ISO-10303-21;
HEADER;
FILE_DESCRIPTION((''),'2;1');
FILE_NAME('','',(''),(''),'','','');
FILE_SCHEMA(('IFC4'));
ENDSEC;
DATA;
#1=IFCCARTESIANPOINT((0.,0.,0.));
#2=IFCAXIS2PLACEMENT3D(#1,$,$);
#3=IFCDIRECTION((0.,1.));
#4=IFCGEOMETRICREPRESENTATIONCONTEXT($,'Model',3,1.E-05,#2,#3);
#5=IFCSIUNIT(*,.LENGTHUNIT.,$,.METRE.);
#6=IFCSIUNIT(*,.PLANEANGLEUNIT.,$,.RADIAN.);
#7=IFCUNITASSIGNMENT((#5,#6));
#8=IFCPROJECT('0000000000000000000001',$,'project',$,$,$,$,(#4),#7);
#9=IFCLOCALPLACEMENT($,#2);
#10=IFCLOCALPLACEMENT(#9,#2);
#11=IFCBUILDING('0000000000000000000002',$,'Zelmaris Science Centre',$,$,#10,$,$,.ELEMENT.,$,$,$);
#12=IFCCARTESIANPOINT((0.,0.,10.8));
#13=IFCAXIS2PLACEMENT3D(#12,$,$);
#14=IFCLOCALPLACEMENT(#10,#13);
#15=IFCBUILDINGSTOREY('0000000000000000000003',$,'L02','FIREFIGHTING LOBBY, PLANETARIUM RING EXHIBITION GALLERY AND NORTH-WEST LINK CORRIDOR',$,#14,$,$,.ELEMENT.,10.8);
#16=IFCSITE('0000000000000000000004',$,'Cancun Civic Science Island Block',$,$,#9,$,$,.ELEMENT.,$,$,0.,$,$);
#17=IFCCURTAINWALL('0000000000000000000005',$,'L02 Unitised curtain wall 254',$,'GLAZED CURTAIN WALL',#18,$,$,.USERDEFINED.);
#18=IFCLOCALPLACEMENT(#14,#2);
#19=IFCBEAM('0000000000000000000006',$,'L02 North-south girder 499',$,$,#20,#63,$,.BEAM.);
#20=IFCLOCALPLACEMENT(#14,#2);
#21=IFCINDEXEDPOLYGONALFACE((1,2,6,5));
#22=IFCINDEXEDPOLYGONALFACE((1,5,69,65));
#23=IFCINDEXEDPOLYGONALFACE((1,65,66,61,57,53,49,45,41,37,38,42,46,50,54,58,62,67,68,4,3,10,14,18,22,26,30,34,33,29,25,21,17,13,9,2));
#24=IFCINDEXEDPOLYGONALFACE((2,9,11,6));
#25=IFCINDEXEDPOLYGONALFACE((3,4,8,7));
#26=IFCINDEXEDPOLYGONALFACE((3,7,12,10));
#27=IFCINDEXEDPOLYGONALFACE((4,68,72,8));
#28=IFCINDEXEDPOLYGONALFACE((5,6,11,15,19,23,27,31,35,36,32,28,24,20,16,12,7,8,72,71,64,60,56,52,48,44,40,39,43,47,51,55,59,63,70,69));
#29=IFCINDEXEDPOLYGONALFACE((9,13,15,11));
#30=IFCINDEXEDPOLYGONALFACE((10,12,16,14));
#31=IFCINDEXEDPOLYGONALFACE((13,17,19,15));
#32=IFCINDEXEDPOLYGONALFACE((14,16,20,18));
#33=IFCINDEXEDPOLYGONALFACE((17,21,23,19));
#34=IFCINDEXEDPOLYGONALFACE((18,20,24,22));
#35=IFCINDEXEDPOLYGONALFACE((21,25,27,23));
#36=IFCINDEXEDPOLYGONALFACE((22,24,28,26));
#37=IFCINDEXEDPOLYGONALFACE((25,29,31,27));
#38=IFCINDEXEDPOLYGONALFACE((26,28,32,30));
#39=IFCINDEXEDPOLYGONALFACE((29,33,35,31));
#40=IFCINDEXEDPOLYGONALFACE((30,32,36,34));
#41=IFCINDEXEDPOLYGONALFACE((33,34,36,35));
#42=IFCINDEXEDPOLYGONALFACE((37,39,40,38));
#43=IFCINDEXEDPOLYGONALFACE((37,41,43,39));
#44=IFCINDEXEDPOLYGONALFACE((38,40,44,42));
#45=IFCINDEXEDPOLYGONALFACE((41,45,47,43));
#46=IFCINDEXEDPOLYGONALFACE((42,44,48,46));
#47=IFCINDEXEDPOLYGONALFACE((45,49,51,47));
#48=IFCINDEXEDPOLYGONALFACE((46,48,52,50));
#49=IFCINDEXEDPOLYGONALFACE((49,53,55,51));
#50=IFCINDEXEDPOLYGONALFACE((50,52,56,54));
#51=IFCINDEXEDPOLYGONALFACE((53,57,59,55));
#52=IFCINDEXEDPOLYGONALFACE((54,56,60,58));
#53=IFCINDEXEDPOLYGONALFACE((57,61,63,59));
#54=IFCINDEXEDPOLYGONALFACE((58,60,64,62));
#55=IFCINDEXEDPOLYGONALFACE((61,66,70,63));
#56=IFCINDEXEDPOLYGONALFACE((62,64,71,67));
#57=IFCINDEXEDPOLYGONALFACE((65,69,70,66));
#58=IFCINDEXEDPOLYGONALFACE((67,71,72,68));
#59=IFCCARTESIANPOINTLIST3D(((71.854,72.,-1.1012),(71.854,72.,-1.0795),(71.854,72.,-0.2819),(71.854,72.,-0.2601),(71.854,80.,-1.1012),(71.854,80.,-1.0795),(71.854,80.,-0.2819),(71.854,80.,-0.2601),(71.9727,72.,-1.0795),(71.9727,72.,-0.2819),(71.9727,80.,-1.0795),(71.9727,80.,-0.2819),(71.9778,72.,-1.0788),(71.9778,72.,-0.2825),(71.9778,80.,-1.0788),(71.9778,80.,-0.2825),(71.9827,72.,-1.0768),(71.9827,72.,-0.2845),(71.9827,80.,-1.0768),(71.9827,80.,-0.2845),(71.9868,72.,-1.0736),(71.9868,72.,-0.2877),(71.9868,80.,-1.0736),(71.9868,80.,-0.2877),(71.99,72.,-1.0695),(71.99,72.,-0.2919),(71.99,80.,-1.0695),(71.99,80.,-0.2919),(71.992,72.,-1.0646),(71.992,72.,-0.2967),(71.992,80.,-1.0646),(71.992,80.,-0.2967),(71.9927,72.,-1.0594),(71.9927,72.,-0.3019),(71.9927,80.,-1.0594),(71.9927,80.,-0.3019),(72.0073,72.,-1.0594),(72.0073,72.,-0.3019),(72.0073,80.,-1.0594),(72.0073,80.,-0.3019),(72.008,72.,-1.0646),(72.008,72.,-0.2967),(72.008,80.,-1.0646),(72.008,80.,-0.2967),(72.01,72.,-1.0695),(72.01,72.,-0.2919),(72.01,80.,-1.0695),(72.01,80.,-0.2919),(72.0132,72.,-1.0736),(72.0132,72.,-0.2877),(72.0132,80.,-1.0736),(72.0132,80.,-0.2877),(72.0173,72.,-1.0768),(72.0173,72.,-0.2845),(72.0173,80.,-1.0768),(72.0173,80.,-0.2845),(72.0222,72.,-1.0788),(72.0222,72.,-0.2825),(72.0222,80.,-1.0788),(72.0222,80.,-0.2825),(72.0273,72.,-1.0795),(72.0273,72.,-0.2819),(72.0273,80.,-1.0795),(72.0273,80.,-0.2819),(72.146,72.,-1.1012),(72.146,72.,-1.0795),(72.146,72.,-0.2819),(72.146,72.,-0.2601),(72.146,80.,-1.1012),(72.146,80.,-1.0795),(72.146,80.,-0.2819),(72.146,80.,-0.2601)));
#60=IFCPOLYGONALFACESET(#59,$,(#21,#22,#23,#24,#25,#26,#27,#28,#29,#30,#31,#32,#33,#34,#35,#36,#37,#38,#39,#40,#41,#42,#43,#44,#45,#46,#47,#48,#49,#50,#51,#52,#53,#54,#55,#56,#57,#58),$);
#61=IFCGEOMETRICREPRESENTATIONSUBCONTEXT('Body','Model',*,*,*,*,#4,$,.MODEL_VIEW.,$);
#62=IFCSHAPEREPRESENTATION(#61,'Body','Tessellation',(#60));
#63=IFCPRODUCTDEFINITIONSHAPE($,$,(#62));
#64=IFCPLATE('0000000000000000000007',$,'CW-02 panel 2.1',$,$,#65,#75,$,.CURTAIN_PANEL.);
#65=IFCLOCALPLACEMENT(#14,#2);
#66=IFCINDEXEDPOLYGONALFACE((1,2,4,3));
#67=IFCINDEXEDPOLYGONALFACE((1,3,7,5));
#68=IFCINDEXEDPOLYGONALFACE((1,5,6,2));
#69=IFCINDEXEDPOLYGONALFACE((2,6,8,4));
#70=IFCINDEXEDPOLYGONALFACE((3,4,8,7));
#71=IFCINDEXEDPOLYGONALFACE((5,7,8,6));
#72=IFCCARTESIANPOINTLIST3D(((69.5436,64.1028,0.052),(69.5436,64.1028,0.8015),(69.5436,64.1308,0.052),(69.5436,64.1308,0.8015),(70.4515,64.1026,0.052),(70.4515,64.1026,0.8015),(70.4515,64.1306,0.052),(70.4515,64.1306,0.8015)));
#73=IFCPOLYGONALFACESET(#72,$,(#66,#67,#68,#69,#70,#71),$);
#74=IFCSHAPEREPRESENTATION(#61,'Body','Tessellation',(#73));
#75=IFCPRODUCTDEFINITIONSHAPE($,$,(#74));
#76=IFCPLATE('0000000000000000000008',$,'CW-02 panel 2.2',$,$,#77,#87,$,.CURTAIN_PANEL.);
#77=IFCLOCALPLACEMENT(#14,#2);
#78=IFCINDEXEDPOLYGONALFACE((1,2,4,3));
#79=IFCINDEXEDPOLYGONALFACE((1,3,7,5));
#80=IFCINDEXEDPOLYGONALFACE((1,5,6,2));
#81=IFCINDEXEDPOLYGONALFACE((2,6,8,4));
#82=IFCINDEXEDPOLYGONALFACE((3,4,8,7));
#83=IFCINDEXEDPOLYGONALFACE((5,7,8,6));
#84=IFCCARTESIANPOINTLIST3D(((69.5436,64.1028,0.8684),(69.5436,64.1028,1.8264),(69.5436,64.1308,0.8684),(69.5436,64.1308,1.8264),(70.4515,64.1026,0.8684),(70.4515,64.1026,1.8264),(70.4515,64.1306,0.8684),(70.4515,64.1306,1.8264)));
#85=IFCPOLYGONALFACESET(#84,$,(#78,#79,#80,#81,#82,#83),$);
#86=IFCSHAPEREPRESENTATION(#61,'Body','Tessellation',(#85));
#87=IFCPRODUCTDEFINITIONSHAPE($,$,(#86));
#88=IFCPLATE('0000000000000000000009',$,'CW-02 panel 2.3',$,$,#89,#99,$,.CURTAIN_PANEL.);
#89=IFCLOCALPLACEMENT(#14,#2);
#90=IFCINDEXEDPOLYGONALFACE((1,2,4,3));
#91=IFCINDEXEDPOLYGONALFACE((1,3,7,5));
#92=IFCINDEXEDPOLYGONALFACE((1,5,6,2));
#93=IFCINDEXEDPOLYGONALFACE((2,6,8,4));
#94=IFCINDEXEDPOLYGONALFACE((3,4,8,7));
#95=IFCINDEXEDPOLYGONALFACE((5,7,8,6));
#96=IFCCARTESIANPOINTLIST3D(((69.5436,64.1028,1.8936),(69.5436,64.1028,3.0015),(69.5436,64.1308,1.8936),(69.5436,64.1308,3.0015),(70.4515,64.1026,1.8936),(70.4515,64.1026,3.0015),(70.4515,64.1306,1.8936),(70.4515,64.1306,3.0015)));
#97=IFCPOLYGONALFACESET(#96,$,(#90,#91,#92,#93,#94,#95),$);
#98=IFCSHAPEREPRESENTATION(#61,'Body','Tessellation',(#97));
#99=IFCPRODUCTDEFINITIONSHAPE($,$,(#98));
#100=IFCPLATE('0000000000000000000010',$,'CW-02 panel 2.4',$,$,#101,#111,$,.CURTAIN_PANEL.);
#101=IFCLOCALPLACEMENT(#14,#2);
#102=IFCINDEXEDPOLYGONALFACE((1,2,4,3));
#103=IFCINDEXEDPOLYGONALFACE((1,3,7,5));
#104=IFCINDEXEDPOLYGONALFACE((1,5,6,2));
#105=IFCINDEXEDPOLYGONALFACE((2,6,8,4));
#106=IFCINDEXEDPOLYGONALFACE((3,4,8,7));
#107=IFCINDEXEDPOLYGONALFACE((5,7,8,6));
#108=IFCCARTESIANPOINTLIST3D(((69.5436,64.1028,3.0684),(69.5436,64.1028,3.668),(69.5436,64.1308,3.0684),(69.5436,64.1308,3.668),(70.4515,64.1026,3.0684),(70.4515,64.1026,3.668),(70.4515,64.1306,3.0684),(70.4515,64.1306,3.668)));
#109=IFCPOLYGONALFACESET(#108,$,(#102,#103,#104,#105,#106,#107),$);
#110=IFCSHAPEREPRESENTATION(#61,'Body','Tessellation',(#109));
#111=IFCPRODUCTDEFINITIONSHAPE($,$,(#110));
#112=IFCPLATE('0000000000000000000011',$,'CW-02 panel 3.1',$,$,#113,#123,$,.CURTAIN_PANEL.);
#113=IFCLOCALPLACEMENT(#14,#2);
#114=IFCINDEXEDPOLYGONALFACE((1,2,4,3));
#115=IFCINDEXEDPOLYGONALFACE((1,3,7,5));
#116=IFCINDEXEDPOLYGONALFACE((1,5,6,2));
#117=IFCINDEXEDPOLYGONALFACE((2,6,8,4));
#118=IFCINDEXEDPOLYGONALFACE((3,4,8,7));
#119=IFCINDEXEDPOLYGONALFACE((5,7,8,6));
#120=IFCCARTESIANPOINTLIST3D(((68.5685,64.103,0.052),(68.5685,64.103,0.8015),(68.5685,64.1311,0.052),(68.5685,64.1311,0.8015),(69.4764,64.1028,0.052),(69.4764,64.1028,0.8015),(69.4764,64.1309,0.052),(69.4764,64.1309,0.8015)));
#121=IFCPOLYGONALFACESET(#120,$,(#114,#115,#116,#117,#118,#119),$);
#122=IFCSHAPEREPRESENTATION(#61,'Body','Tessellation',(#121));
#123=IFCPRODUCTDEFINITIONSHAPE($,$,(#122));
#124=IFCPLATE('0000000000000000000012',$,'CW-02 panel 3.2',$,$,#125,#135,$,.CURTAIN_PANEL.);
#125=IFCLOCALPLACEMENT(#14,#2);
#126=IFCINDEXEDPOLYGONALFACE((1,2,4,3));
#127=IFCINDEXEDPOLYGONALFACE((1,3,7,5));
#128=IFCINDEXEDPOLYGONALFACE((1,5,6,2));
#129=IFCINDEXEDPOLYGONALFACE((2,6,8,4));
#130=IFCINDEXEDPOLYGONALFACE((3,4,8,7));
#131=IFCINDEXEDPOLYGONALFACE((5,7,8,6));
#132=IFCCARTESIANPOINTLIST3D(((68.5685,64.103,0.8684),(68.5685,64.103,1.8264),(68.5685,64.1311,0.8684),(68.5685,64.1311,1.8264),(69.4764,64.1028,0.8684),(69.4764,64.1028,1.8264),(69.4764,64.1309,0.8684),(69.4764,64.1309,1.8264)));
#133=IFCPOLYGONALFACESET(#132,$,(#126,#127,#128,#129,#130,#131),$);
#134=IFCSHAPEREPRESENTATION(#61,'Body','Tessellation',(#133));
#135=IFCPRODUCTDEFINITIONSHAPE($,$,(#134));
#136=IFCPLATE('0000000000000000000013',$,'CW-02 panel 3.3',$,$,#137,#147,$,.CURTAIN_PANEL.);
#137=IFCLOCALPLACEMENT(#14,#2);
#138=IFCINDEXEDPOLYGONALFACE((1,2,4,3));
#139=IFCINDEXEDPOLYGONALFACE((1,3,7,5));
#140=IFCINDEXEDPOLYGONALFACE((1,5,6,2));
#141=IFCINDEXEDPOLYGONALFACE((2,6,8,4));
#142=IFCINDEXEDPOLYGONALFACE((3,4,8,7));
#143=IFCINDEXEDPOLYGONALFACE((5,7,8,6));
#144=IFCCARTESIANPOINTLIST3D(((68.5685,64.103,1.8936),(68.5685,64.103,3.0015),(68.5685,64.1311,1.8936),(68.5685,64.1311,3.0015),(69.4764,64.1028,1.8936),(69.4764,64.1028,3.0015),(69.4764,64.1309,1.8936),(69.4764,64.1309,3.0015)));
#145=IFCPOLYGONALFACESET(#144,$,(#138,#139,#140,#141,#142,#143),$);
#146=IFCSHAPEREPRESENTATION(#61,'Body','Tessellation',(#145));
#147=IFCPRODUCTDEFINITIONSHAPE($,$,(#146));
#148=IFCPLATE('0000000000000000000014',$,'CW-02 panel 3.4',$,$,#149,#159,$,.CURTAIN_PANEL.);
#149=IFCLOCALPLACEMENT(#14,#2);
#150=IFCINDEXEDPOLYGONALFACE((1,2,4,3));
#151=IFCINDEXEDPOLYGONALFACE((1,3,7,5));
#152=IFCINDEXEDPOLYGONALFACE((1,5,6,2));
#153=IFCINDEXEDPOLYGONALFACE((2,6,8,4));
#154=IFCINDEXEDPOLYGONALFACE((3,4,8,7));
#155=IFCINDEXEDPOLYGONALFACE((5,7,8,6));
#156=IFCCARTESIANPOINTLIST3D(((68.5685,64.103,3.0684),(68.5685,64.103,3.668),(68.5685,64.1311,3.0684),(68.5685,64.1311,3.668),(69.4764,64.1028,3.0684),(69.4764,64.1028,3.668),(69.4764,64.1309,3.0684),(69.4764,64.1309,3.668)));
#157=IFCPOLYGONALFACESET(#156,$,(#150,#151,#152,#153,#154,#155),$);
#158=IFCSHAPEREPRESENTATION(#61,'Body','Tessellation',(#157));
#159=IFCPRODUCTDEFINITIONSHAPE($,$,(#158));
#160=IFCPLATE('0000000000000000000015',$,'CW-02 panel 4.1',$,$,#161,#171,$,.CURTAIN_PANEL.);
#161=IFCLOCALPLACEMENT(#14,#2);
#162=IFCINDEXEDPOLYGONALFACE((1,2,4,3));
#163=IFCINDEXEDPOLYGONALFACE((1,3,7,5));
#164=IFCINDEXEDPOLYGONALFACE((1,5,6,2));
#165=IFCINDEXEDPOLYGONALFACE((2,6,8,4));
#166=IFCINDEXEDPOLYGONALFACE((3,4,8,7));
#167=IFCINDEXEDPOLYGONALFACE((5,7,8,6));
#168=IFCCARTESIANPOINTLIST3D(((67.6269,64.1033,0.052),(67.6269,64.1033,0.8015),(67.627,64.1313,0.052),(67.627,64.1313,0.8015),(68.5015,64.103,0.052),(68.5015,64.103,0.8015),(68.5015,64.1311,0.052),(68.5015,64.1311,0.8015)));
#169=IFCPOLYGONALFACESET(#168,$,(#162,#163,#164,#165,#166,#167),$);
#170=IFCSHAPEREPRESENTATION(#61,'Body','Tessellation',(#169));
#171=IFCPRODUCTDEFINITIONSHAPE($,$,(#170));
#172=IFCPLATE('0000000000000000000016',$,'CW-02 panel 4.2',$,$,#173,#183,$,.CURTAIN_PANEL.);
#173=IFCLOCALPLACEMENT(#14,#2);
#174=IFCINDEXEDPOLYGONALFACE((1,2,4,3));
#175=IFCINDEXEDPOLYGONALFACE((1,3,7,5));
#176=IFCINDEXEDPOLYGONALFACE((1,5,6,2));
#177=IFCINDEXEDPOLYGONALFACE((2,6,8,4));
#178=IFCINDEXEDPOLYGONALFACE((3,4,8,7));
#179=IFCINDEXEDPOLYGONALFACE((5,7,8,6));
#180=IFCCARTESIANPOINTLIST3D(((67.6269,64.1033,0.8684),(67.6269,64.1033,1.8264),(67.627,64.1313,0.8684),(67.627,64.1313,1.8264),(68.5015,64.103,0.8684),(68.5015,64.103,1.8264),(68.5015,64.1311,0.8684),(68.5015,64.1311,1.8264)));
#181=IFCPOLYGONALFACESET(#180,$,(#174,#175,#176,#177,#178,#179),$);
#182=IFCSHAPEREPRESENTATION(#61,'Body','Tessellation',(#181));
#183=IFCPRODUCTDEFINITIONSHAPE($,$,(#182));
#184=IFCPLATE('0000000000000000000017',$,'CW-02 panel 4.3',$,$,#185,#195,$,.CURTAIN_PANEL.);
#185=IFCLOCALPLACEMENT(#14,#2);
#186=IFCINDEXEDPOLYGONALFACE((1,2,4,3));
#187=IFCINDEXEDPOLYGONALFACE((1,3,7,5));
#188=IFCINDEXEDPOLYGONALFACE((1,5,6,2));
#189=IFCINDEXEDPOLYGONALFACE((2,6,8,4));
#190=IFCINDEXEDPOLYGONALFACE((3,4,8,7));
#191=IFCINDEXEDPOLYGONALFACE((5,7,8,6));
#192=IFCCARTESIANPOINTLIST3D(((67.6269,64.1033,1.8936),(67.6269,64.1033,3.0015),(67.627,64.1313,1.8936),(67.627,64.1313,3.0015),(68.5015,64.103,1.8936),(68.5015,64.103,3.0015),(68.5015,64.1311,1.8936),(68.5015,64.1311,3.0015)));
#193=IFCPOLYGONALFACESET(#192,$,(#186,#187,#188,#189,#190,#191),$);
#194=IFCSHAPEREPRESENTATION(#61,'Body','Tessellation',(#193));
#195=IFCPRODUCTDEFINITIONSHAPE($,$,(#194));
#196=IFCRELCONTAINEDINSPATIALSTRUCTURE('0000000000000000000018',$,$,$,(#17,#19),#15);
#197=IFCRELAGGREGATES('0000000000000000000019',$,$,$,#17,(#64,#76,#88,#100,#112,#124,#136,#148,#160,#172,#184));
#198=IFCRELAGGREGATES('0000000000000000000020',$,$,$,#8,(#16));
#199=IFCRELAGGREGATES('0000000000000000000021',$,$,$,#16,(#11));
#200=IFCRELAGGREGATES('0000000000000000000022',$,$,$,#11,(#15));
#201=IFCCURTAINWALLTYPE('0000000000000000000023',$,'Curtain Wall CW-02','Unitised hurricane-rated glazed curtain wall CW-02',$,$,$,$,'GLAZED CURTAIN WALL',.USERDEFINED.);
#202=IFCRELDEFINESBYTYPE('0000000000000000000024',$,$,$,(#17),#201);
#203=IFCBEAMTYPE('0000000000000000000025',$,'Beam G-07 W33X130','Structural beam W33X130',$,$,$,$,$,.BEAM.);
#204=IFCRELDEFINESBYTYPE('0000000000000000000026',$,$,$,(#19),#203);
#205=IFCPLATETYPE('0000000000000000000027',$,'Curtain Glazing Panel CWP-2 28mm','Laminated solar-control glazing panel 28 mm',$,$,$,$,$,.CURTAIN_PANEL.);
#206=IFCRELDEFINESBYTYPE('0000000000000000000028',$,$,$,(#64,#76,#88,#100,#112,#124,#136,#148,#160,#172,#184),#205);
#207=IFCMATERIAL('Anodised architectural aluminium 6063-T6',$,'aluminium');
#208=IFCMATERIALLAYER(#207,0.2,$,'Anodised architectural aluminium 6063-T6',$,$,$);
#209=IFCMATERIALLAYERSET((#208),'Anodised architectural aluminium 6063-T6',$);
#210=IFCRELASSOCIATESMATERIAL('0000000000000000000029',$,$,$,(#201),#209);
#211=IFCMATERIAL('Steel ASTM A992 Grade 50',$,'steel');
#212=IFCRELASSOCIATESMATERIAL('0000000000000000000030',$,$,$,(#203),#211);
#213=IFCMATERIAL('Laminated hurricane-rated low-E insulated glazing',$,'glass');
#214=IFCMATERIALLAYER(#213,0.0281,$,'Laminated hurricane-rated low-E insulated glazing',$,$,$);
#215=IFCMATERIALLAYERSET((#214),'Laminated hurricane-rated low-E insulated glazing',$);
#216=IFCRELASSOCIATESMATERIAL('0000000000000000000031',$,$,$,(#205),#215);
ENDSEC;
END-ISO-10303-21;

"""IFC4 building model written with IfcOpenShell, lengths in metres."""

from ifc_helpers import new_model, si_unit, direction, frame, origin, origin_2d, place, context, subcontext, project, spatial, rectangle, i_section, extrude, material, layer, layer_set, material_profile, profile_set, type_object, element, aggregate, save


model = new_model("IFC4")

# Units and contexts
model_context = context("Model", 3, precision=1e-05, world=origin(), true_north=direction((0.0, 1.0)))
body_context = subcontext(model_context, "Body", "Model", "MODEL_VIEW")
ifc_project = project(units=[si_unit("LENGTHUNIT", "METRE"), si_unit("PLANEANGLEUNIT", "RADIAN")], contexts=[model_context])

# Site, building, storey
site_placement = place(None, origin())
site = spatial("IfcSite", under=ifc_project, at=site_placement, Name="Cancun Civic Science Island Block", CompositionType="ELEMENT", RefElevation=0.0)
building_placement = place(site_placement, origin())
building = spatial("IfcBuilding", under=site, at=building_placement, Name="Zelmaris Science Centre", CompositionType="ELEMENT")
storey_placement = place(building_placement, frame((0.0, 0.0, 10.8)))
storey = spatial("IfcBuildingStorey", under=building, at=storey_placement, Name="L02", Description="FIREFIGHTING LOBBY, PLANETARIUM RING EXHIBITION GALLERY AND NORTH-WEST LINK CORRIDOR", CompositionType="ELEMENT", Elevation=10.8)

# Shared definitions
ifc_material_1 = material(Name="Steel ASTM A992 Grade 50", Category="steel")

# Curtain wall
ifc_material_2 = material(Name="Anodised architectural aluminium 6063-T6", Category="aluminium")
ifc_layer_1 = layer(ifc_material_2, 0.2, Name="Anodised architectural aluminium 6063-T6")
ifc_layer_set_1 = layer_set([ifc_layer_1], Name="Anodised architectural aluminium 6063-T6")
curtain_wall_type = type_object("IfcCurtainWallType", Name="Curtain Wall CW-02", Description="Unitised hurricane-rated glazed curtain wall CW-02", ElementType="GLAZED CURTAIN WALL", PredefinedType="USERDEFINED", material=ifc_layer_set_1)
curtain_wall_placement = place(storey_placement, origin())
curtain_wall = element("IfcCurtainWall", 1, at=curtain_wall_placement, inside=storey, type_object=curtain_wall_type, Name="L02 Unitised curtain wall 254", ObjectType="GLAZED CURTAIN WALL", PredefinedType="USERDEFINED")

# Beam
ifc_material_profile_1 = material_profile(ifc_material_1, i_section(OverallWidth=0.292, OverallDepth=0.8411, WebThickness=0.0146, FlangeThickness=0.0217, FilletRadius=0.02, at=origin_2d()), Name="W33X130")
ifc_profile_set_1 = profile_set([ifc_material_profile_1], Name="Steel ASTM A992 Grade 50")
beam_type = type_object("IfcBeamType", Name="Beam G-07 W33X130", Description="Structural beam W33X130", PredefinedType="BEAM", material=ifc_profile_set_1)
beam_placement = place(storey_placement, frame((72.0, 72.0, -0.6807), z_axis=(0.0, 1.0, 0.0), x_axis=(-1.0, 0.0, 0.0)))
element("IfcBeam", 2, at=beam_placement, inside=storey, type_object=beam_type, Name="L02 North-south girder 499", PredefinedType="BEAM", context=body_context, shape_type="SweptSolid", body=[
    extrude(i_section(OverallWidth=0.292, OverallDepth=0.8411, WebThickness=0.0146, FlangeThickness=0.0217, FilletRadius=0.02, at=origin_2d()), origin(), (0.0, 0.0, 1.0), 8.0),
])

# Plates
ifc_material_3 = material(Name="Laminated hurricane-rated low-E insulated glazing", Category="glass")
ifc_layer_2 = layer(ifc_material_3, 0.0281, Name="Laminated hurricane-rated low-E insulated glazing")
ifc_layer_set_2 = layer_set([ifc_layer_2], Name="Laminated hurricane-rated low-E insulated glazing")
plate_type = type_object("IfcPlateType", Name="Curtain Glazing Panel CWP-2 28mm", Description="Laminated solar-control glazing panel 28 mm", PredefinedType="CURTAIN_PANEL", material=ifc_layer_set_2)
plate_1_placement = place(storey_placement, frame((69.9976, 64.1167, 0.052), z_axis=(0.0, 0.0, 1.0), x_axis=(-1.0, 0.000231, 0.0)))
plate_1 = element("IfcPlate", 3, at=plate_1_placement, type_object=plate_type, Name="CW-02 panel 2.1", PredefinedType="CURTAIN_PANEL", context=body_context, shape_type="SweptSolid", body=[
    extrude(rectangle(XDim=0.908, YDim=0.0281, at=origin_2d()), origin(), (0.0, 0.0, 1.0), 0.7495),
])
plate_2_placement = place(storey_placement, frame((69.9976, 64.1167, 0.8684), z_axis=(0.0, 0.0, 1.0), x_axis=(-1.0, 0.000231, 0.0)))
plate_2 = element("IfcPlate", 4, at=plate_2_placement, type_object=plate_type, Name="CW-02 panel 2.2", PredefinedType="CURTAIN_PANEL", context=body_context, shape_type="SweptSolid", body=[
    extrude(rectangle(XDim=0.908, YDim=0.0281, at=origin_2d()), origin(), (0.0, 0.0, 1.0), 0.958),
])
plate_3_placement = place(storey_placement, frame((69.9976, 64.1167, 1.8936), z_axis=(0.0, 0.0, 1.0), x_axis=(-1.0, 0.000231, 0.0)))
plate_3 = element("IfcPlate", 5, at=plate_3_placement, type_object=plate_type, Name="CW-02 panel 2.3", PredefinedType="CURTAIN_PANEL", context=body_context, shape_type="SweptSolid", body=[
    extrude(rectangle(XDim=0.908, YDim=0.0281, at=origin_2d()), origin(), (0.0, 0.0, 1.0), 1.1079),
])
plate_4_placement = place(storey_placement, frame((69.9976, 64.1167, 3.0684), z_axis=(0.0, 0.0, 1.0), x_axis=(-1.0, 0.000231, 0.0)))
plate_4 = element("IfcPlate", 6, at=plate_4_placement, type_object=plate_type, Name="CW-02 panel 2.4", PredefinedType="CURTAIN_PANEL", context=body_context, shape_type="SweptSolid", body=[
    extrude(rectangle(XDim=0.908, YDim=0.0281, at=origin_2d()), origin(), (0.0, 0.0, 1.0), 0.5996),
])
plate_5_placement = place(storey_placement, frame((69.0225, 64.1169, 0.052), z_axis=(0.0, 0.0, 1.0), x_axis=(-1.0, 0.000231, 0.0)))
plate_5 = element("IfcPlate", 7, at=plate_5_placement, type_object=plate_type, Name="CW-02 panel 3.1", PredefinedType="CURTAIN_PANEL", context=body_context, shape_type="SweptSolid", body=[
    extrude(rectangle(XDim=0.908, YDim=0.0281, at=origin_2d()), origin(), (0.0, 0.0, 1.0), 0.7495),
])
plate_6_placement = place(storey_placement, frame((69.0225, 64.1169, 0.8684), z_axis=(0.0, 0.0, 1.0), x_axis=(-1.0, 0.000231, 0.0)))
plate_6 = element("IfcPlate", 8, at=plate_6_placement, type_object=plate_type, Name="CW-02 panel 3.2", PredefinedType="CURTAIN_PANEL", context=body_context, shape_type="SweptSolid", body=[
    extrude(rectangle(XDim=0.908, YDim=0.0281, at=origin_2d()), origin(), (0.0, 0.0, 1.0), 0.958),
])
plate_7_placement = place(storey_placement, frame((69.0225, 64.1169, 1.8936), z_axis=(0.0, 0.0, 1.0), x_axis=(-1.0, 0.000231, 0.0)))
plate_7 = element("IfcPlate", 9, at=plate_7_placement, type_object=plate_type, Name="CW-02 panel 3.3", PredefinedType="CURTAIN_PANEL", context=body_context, shape_type="SweptSolid", body=[
    extrude(rectangle(XDim=0.908, YDim=0.0281, at=origin_2d()), origin(), (0.0, 0.0, 1.0), 1.1079),
])
plate_8_placement = place(storey_placement, frame((69.0225, 64.1169, 3.0684), z_axis=(0.0, 0.0, 1.0), x_axis=(-1.0, 0.000231, 0.0)))
plate_8 = element("IfcPlate", 10, at=plate_8_placement, type_object=plate_type, Name="CW-02 panel 3.4", PredefinedType="CURTAIN_PANEL", context=body_context, shape_type="SweptSolid", body=[
    extrude(rectangle(XDim=0.908, YDim=0.0281, at=origin_2d()), origin(), (0.0, 0.0, 1.0), 0.5996),
])
plate_9_placement = place(storey_placement, frame((68.0642, 64.1172, 0.052), z_axis=(0.0, 0.0, 1.0), x_axis=(-1.0, 0.000231, 0.0)))
plate_9 = element("IfcPlate", 11, at=plate_9_placement, type_object=plate_type, Name="CW-02 panel 4.1", PredefinedType="CURTAIN_PANEL", context=body_context, shape_type="SweptSolid", body=[
    extrude(rectangle(XDim=0.8745, YDim=0.0281, at=origin_2d()), origin(), (0.0, 0.0, 1.0), 0.7495),
])
plate_10_placement = place(storey_placement, frame((68.0642, 64.1172, 0.8684), z_axis=(0.0, 0.0, 1.0), x_axis=(-1.0, 0.000231, 0.0)))
plate_10 = element("IfcPlate", 12, at=plate_10_placement, type_object=plate_type, Name="CW-02 panel 4.2", PredefinedType="CURTAIN_PANEL", context=body_context, shape_type="SweptSolid", body=[
    extrude(rectangle(XDim=0.8745, YDim=0.0281, at=origin_2d()), origin(), (0.0, 0.0, 1.0), 0.958),
])
plate_11_placement = place(storey_placement, frame((68.0642, 64.1172, 1.8936), z_axis=(0.0, 0.0, 1.0), x_axis=(-1.0, 0.000231, 0.0)))
plate_11 = element("IfcPlate", 13, at=plate_11_placement, type_object=plate_type, Name="CW-02 panel 4.3", PredefinedType="CURTAIN_PANEL", context=body_context, shape_type="SweptSolid", body=[
    extrude(rectangle(XDim=0.8745, YDim=0.0281, at=origin_2d()), origin(), (0.0, 0.0, 1.0), 1.1079),
])
aggregate(curtain_wall, [plate_1, plate_2, plate_3, plate_4, plate_5, plate_6, plate_7, plate_8, plate_9, plate_10, plate_11])

save(model, "model.ifc")
